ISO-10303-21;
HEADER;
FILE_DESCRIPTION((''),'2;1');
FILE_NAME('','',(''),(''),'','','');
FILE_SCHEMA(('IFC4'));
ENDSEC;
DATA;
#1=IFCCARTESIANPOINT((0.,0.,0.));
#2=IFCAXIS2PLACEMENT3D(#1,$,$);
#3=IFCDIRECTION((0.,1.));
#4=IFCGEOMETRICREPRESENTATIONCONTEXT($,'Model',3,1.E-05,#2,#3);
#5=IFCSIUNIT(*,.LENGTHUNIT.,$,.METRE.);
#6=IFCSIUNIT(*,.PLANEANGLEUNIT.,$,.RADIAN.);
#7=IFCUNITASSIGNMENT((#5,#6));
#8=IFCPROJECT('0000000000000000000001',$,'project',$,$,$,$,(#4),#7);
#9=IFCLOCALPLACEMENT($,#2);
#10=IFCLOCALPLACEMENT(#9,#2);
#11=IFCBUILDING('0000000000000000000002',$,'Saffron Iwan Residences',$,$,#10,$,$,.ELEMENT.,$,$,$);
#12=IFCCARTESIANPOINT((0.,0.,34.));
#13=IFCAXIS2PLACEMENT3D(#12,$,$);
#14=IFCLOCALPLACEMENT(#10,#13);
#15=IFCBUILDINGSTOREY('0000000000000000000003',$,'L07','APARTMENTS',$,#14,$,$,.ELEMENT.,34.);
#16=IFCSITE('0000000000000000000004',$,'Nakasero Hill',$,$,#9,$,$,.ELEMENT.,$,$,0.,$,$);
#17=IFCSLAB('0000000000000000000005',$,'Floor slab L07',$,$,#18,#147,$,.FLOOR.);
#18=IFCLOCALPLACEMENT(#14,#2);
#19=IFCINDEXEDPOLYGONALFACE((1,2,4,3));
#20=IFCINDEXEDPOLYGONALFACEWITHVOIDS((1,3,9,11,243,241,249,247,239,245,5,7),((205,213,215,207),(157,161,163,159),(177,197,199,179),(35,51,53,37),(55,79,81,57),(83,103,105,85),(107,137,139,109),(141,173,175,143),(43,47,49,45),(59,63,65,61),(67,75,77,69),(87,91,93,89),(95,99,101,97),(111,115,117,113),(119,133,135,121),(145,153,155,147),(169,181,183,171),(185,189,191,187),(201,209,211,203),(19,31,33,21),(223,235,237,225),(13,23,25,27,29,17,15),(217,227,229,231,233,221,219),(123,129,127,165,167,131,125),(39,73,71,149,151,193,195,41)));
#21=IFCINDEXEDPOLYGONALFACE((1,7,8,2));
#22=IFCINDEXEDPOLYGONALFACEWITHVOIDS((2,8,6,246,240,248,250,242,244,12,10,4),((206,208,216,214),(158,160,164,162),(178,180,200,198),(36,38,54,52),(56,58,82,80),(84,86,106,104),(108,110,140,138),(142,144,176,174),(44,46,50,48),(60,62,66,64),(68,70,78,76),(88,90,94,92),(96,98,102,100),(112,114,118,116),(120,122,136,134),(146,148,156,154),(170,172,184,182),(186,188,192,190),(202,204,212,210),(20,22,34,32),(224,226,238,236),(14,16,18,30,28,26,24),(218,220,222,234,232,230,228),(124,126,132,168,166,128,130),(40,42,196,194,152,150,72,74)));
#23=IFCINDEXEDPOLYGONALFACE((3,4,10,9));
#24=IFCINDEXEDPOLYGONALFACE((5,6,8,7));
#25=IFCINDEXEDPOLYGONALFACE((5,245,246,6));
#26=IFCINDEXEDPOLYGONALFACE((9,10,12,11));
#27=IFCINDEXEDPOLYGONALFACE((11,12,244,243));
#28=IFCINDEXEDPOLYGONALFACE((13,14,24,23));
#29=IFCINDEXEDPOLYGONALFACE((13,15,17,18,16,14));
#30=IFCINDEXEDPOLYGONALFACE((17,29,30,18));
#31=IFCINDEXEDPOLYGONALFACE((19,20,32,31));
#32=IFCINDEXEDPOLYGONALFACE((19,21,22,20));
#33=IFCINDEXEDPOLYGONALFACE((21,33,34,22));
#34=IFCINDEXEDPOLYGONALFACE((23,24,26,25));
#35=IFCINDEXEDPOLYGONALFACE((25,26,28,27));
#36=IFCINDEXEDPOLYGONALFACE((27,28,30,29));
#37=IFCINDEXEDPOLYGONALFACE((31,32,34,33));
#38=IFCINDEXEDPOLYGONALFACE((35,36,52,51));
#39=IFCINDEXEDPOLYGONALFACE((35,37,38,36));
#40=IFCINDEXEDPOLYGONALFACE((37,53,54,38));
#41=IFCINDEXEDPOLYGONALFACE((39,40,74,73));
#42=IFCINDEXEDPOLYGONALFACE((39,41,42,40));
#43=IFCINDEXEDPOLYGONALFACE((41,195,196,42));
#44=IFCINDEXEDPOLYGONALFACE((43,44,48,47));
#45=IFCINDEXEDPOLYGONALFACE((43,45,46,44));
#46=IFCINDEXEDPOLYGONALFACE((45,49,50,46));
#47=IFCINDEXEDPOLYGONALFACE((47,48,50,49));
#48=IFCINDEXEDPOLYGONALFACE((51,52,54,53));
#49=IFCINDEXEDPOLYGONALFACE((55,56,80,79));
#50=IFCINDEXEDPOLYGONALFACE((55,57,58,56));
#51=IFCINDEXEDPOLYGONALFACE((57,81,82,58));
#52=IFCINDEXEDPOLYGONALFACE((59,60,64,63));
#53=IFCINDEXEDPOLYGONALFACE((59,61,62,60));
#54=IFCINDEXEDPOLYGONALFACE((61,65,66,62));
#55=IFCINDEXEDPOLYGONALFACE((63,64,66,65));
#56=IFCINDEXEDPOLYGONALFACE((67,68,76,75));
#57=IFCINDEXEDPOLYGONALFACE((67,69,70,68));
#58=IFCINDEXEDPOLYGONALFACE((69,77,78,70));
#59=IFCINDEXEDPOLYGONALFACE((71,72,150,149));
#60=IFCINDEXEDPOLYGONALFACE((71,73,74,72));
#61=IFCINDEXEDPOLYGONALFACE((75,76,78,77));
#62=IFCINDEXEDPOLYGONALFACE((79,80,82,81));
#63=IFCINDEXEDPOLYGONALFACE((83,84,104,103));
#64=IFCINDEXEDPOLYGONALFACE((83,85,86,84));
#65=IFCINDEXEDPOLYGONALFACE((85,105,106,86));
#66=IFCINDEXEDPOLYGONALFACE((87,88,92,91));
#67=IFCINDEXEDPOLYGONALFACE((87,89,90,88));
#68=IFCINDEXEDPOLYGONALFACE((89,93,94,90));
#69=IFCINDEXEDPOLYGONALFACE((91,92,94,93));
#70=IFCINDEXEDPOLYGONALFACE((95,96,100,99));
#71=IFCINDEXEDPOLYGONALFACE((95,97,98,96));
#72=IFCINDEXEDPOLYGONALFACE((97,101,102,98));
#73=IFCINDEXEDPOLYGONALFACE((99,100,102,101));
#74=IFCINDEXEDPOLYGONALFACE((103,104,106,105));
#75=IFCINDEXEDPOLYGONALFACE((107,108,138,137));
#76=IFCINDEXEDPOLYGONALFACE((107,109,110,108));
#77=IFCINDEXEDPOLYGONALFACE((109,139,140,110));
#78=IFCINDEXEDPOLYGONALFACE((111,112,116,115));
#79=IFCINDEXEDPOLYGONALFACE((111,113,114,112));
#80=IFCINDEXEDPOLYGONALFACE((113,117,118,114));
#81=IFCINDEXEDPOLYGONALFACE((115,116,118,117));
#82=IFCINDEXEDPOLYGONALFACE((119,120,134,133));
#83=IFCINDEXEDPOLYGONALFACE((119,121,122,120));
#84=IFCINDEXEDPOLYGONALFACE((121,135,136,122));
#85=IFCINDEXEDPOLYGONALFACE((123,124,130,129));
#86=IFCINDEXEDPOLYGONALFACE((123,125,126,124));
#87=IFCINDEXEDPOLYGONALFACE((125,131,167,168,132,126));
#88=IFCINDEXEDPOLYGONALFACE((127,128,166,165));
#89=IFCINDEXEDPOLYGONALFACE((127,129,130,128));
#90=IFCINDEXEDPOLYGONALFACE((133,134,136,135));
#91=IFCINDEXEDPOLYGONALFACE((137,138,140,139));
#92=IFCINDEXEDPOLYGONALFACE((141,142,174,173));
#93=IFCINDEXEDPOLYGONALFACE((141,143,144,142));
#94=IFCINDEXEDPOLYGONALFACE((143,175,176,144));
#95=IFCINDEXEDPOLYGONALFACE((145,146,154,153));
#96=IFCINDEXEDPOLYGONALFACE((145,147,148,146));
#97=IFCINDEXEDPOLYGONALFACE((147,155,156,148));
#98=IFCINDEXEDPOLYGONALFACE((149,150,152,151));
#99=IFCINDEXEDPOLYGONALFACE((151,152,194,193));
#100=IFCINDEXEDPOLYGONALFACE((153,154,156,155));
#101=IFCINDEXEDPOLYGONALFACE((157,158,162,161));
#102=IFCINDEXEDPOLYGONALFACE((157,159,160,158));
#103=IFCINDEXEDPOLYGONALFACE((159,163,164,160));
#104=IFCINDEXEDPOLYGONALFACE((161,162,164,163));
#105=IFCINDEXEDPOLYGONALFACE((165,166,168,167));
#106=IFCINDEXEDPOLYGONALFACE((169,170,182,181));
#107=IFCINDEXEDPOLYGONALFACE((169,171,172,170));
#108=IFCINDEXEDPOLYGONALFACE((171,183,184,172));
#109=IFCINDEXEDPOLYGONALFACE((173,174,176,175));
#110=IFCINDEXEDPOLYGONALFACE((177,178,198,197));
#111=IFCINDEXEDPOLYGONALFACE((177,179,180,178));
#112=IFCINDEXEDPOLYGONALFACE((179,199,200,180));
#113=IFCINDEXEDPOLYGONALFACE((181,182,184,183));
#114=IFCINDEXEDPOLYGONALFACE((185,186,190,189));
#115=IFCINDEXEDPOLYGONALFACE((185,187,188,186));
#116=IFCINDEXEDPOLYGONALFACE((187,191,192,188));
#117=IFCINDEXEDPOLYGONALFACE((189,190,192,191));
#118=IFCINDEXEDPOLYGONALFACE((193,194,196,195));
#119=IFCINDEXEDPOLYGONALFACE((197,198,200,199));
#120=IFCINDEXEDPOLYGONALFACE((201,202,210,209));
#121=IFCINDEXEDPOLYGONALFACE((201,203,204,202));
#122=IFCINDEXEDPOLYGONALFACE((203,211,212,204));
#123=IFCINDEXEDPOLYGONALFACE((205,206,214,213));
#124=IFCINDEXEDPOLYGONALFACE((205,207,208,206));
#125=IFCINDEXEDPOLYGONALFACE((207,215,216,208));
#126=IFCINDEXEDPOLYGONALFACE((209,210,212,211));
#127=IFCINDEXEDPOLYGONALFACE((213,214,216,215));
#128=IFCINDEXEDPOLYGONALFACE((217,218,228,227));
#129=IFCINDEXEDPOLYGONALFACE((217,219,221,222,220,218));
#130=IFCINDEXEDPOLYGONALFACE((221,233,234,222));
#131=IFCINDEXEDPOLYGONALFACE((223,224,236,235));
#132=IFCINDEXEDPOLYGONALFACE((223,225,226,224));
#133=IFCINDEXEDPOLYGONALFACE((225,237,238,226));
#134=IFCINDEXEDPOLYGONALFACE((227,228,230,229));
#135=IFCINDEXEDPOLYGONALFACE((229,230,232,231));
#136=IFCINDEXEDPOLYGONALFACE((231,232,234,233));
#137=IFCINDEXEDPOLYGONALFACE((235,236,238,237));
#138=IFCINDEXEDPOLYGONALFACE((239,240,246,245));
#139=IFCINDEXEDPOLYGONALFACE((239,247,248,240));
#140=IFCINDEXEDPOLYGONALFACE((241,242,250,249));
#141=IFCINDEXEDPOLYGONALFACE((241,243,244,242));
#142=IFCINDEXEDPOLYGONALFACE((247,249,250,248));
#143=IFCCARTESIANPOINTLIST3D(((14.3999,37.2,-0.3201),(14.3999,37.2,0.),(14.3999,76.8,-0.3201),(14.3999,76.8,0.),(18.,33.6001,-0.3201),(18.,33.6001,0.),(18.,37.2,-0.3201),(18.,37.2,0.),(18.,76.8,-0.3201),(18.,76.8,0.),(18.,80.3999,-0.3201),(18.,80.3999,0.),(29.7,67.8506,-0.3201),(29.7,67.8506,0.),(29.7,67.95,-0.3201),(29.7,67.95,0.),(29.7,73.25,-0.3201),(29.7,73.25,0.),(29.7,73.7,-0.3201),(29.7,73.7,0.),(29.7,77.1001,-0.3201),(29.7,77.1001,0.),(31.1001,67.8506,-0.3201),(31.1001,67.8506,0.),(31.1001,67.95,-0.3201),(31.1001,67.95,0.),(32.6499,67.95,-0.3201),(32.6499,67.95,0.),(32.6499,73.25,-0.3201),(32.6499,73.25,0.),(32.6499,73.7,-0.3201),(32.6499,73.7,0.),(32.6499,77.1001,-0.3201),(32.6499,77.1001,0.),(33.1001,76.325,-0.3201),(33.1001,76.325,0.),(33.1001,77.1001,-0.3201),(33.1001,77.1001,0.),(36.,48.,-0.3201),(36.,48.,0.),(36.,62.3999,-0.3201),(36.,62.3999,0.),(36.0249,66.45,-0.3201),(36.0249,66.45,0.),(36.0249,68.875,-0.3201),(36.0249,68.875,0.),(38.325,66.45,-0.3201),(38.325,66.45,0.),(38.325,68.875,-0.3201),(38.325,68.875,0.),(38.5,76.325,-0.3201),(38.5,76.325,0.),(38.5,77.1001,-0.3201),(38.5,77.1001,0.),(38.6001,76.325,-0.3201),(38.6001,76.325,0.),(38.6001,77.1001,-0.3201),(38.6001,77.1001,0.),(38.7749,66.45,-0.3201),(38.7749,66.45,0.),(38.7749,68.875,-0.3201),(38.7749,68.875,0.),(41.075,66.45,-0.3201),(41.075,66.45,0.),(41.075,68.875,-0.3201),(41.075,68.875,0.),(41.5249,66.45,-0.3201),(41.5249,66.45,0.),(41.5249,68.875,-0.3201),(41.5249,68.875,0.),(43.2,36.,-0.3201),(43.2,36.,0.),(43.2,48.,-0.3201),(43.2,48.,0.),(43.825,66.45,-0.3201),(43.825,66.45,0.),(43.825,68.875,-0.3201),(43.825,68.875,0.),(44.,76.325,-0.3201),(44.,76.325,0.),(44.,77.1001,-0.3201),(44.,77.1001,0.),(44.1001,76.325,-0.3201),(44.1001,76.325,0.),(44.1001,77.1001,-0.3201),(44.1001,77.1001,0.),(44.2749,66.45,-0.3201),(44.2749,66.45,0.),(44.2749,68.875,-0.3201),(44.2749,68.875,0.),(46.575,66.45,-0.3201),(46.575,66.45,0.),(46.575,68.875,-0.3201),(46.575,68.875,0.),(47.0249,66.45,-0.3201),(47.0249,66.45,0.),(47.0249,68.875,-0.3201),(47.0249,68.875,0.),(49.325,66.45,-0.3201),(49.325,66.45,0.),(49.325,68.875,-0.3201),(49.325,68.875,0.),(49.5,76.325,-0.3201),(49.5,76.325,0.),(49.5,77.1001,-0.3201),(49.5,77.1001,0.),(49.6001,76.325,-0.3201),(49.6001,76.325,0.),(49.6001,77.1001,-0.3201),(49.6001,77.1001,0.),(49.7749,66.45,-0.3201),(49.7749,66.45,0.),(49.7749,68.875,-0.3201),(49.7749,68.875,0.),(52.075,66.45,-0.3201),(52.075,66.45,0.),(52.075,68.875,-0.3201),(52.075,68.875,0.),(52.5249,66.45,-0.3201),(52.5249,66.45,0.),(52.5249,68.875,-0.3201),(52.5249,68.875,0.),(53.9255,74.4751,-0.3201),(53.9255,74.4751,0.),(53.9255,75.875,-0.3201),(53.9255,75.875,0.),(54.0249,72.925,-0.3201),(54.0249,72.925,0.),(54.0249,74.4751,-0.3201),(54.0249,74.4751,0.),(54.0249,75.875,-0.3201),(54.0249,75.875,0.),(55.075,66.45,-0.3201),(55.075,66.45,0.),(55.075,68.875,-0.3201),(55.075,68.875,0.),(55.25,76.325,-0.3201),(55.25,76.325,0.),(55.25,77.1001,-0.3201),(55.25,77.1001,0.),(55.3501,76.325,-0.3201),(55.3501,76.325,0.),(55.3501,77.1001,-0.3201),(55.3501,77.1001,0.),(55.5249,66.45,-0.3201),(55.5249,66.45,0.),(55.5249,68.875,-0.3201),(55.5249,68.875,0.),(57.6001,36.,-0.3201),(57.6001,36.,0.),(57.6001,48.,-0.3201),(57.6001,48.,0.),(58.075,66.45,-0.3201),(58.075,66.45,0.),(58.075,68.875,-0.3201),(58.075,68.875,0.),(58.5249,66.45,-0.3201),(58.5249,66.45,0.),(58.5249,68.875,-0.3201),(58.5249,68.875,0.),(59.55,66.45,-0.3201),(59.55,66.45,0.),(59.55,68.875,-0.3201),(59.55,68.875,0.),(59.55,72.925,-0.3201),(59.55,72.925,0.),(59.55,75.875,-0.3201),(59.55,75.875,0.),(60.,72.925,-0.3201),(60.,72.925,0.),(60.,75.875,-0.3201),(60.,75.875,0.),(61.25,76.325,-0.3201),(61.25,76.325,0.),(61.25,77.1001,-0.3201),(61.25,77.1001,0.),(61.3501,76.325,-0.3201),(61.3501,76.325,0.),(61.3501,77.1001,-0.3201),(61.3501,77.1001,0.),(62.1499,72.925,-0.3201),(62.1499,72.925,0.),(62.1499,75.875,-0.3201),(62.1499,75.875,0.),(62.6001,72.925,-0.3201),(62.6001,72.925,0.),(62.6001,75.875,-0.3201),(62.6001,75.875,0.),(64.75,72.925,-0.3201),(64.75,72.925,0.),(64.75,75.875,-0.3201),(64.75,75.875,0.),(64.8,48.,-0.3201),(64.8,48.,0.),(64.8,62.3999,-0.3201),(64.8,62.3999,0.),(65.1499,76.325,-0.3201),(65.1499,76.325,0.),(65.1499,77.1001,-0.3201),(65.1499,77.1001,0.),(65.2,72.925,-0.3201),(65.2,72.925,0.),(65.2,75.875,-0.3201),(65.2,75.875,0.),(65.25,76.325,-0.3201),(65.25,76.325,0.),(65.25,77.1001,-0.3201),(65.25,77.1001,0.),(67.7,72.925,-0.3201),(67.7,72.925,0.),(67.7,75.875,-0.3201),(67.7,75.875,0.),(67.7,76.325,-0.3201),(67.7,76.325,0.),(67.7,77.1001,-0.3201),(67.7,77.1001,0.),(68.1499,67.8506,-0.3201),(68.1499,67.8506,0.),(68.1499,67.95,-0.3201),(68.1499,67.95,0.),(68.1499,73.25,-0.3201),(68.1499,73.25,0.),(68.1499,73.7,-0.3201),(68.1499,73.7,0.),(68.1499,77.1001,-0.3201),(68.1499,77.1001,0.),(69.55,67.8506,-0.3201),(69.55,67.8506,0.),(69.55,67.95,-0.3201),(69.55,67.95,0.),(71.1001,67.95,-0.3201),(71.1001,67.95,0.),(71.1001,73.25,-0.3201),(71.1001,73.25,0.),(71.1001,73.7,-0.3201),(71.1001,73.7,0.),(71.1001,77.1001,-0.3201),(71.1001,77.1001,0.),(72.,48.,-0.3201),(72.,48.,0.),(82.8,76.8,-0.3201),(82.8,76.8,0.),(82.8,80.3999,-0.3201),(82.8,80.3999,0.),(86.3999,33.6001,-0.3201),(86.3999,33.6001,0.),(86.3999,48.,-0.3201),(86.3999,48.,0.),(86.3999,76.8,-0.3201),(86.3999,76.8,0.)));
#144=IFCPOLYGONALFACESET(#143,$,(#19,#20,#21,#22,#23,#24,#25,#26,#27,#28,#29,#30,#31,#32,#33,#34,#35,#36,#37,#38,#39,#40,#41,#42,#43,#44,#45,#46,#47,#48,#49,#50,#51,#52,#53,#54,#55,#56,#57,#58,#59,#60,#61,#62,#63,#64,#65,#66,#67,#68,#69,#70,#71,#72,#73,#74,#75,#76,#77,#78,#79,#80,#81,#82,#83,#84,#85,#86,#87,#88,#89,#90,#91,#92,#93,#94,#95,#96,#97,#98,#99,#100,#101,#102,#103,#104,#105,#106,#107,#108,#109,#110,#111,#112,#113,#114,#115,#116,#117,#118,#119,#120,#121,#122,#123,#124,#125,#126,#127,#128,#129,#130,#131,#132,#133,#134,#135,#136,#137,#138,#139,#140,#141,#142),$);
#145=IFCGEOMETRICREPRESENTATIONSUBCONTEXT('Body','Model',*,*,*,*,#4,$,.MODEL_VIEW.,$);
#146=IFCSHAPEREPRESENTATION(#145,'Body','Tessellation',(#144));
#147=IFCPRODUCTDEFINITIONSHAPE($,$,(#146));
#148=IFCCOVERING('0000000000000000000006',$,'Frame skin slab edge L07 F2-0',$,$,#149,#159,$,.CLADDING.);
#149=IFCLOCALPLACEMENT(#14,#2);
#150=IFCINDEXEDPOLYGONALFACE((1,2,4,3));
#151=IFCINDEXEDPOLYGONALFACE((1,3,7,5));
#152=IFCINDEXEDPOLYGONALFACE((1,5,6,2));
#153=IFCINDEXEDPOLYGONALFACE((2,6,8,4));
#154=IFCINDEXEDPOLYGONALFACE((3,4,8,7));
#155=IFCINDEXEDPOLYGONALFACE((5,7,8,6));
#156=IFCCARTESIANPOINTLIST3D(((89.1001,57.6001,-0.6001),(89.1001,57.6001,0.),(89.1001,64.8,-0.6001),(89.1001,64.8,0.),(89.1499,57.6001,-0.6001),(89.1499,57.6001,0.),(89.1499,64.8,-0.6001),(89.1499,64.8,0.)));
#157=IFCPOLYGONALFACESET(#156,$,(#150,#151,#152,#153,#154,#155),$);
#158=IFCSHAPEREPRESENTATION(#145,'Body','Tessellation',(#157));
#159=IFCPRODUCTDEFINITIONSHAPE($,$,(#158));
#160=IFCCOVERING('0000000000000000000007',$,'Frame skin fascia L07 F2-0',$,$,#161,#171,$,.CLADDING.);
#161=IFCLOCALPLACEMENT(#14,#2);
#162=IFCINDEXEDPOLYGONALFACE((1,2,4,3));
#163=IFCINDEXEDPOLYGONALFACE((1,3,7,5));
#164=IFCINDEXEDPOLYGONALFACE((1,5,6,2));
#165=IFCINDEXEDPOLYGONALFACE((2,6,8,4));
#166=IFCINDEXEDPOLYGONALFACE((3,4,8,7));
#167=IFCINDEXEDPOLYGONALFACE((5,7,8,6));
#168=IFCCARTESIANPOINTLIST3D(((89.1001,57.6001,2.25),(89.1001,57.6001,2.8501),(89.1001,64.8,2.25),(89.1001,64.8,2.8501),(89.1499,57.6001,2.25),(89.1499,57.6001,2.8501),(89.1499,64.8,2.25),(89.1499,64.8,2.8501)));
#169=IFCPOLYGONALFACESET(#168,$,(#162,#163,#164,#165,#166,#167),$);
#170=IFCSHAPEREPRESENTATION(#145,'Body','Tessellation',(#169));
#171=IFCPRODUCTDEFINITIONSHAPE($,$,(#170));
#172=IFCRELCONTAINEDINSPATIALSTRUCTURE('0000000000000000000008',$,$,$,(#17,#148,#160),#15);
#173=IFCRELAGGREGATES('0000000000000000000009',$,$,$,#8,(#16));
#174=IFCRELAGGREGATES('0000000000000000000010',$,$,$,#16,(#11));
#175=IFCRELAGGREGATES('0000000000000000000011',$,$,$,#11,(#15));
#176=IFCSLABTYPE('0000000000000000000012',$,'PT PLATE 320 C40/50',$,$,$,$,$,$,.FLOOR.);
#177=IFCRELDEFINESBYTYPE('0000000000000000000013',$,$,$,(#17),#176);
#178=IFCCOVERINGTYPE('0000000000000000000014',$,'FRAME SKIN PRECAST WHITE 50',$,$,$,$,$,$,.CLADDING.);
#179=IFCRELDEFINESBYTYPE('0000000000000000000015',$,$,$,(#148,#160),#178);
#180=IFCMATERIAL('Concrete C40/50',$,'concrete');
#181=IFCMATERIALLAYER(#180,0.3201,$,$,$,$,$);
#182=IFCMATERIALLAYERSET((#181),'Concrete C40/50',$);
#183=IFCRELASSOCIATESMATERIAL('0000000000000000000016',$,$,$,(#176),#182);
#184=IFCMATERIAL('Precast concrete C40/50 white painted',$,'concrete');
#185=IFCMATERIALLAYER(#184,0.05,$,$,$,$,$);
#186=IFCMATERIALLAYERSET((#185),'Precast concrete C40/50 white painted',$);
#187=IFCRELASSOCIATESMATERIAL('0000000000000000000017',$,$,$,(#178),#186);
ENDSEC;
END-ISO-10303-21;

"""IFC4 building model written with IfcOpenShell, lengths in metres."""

from ifc_helpers import new_model, si_unit, direction, frame, origin, place, context, subcontext, project, spatial, polyline, outline, extrude, material, layer, layer_set, type_object, element, save


model = new_model("IFC4")

# Units and contexts
model_context = context("Model", 3, precision=1e-05, world=origin(), true_north=direction((0.0, 1.0)))
body_context = subcontext(model_context, "Body", "Model", "MODEL_VIEW")
ifc_project = project(units=[si_unit("LENGTHUNIT", "METRE"), si_unit("PLANEANGLEUNIT", "RADIAN")], contexts=[model_context])

# Site, building, storey
site_placement = place(None, origin())
site = spatial("IfcSite", under=ifc_project, at=site_placement, Name="Nakasero Hill", CompositionType="ELEMENT", RefElevation=0.0)
building_placement = place(site_placement, origin())
building = spatial("IfcBuilding", under=site, at=building_placement, Name="Saffron Iwan Residences", CompositionType="ELEMENT")
storey_placement = place(building_placement, frame((0.0, 0.0, 34.0)))
storey = spatial("IfcBuildingStorey", under=building, at=storey_placement, Name="L07", Description="APARTMENTS", CompositionType="ELEMENT", Elevation=34.0)

# Slab
ifc_material_1 = material(Name="Concrete C40/50", Category="concrete")
ifc_layer_1 = layer(ifc_material_1, 0.3201)
ifc_layer_set_1 = layer_set([ifc_layer_1], Name="Concrete C40/50")
slab_type_1 = type_object("IfcSlabType", Name="PT PLATE 320 C40/50", PredefinedType="FLOOR", material=ifc_layer_set_1)
slab_1_placement = place(storey_placement, frame((0.0, 0.0, -0.3201)))
element("IfcSlab", 1, at=slab_1_placement, inside=storey, type_object=slab_type_1, Name="Floor slab L07", PredefinedType="FLOOR", context=body_context, shape_type="SweptSolid", body=[
    extrude(outline(polyline([(14.3999, 37.2), (14.3999, 76.8), (18.0, 76.8), (18.0, 80.3999), (82.8, 80.3999), (82.8, 76.8), (86.3999, 76.8), (86.3999, 48.0), (72.0, 48.0), (86.3999, 33.6001), (18.0, 33.6001), (18.0, 37.2), (14.3999, 37.2)]), holes=[polyline([(64.8, 48.0), (64.8, 62.3999), (36.0, 62.3999), (36.0, 48.0), (43.2, 48.0), (43.2, 36.0), (57.6001, 36.0), (57.6001, 48.0), (64.8, 48.0)]), polyline([(38.325, 68.875), (36.0249, 68.875), (36.0249, 66.45), (38.325, 66.45), (38.325, 68.875)]), polyline([(41.075, 66.45), (41.075, 68.875), (38.7749, 68.875), (38.7749, 66.45), (41.075, 66.45)]), polyline([(43.825, 66.45), (43.825, 68.875), (41.5249, 68.875), (41.5249, 66.45), (43.825, 66.45)]), polyline([(46.575, 68.875), (44.2749, 68.875), (44.2749, 66.45), (46.575, 66.45), (46.575, 68.875)]), polyline([(49.325, 66.45), (49.325, 68.875), (47.0249, 68.875), (47.0249, 66.45), (49.325, 66.45)]), polyline([(52.075, 66.45), (52.075, 68.875), (49.7749, 68.875), (49.7749, 66.45), (52.075, 66.45)]), polyline([(29.7, 73.25), (29.7, 67.95), (29.7, 67.8506), (31.1001, 67.8506), (31.1001, 67.95), (32.6499, 67.95), (32.6499, 73.25), (29.7, 73.25)]), polyline([(32.6499, 73.7), (32.6499, 77.1001), (29.7, 77.1001), (29.7, 73.7), (32.6499, 73.7)]), polyline([(38.5, 76.325), (38.5, 77.1001), (33.1001, 77.1001), (33.1001, 76.325), (38.5, 76.325)]), polyline([(44.0, 77.1001), (38.6001, 77.1001), (38.6001, 76.325), (44.0, 76.325), (44.0, 77.1001)]), polyline([(49.5, 76.325), (49.5, 77.1001), (44.1001, 77.1001), (44.1001, 76.325), (49.5, 76.325)]), polyline([(55.25, 76.325), (55.25, 77.1001), (49.6001, 77.1001), (49.6001, 76.325), (55.25, 76.325)]), polyline([(55.075, 68.875), (52.5249, 68.875), (52.5249, 66.45), (55.075, 66.45), (55.075, 68.875)]), polyline([(58.075, 66.45), (58.075, 68.875), (55.5249, 68.875), (55.5249, 66.45), (58.075, 66.45)]), polyline([(59.55, 66.45), (59.55, 68.875), (58.5249, 68.875), (58.5249, 66.45), (59.55, 66.45)]), polyline([(68.1499, 73.25), (68.1499, 67.95), (68.1499, 67.8506), (69.55, 67.8506), (69.55, 67.95), (71.1001, 67.95), (71.1001, 73.25), (68.1499, 73.25)]), polyline([(53.9255, 74.4751), (54.0249, 74.4751), (54.0249, 72.925), (59.55, 72.925), (59.55, 75.875), (54.0249, 75.875), (53.9255, 75.875), (53.9255, 74.4751)]), polyline([(62.1499, 72.925), (62.1499, 75.875), (60.0, 75.875), (60.0, 72.925), (62.1499, 72.925)]), polyline([(64.75, 75.875), (62.6001, 75.875), (62.6001, 72.925), (64.75, 72.925), (64.75, 75.875)]), polyline([(67.7, 72.925), (67.7, 75.875), (65.2, 75.875), (65.2, 72.925), (67.7, 72.925)]), polyline([(71.1001, 73.7), (71.1001, 77.1001), (68.1499, 77.1001), (68.1499, 73.7), (71.1001, 73.7)]), polyline([(61.25, 77.1001), (55.3501, 77.1001), (55.3501, 76.325), (61.25, 76.325), (61.25, 77.1001)]), polyline([(65.1499, 76.325), (65.1499, 77.1001), (61.3501, 77.1001), (61.3501, 76.325), (65.1499, 76.325)]), polyline([(67.7, 76.325), (67.7, 77.1001), (65.25, 77.1001), (65.25, 76.325), (67.7, 76.325)])]), origin(), (0.0, 0.0, 1.0), 0.3201),
])

# Coverings
ifc_material_2 = material(Name="Precast concrete C40/50 white painted", Category="concrete")
ifc_layer_2 = layer(ifc_material_2, 0.05)
ifc_layer_set_2 = layer_set([ifc_layer_2], Name="Precast concrete C40/50 white painted")
covering_type_1 = type_object("IfcCoveringType", Name="FRAME SKIN PRECAST WHITE 50", PredefinedType="CLADDING", material=ifc_layer_set_2)
for number, where, name in (
    (2, (0.0, 0.0, -0.6001), "Frame skin slab edge L07 F2-0"),
    (3, (0.0, 0.0, 2.25), "Frame skin fascia L07 F2-0"),
):
    element("IfcCovering", number, at=place(storey_placement, frame(where)), inside=storey, type_object=covering_type_1, Name=name, PredefinedType="CLADDING", context=body_context, shape_type="SweptSolid", body=[
        extrude(outline(polyline([(89.1499, 57.6001), (89.1499, 64.8), (89.1001, 64.8), (89.1001, 57.6001), (89.1499, 57.6001)])), origin(), (0.0, 0.0, 1.0), 0.6001),
    ])

save(model, "model.ifc")
